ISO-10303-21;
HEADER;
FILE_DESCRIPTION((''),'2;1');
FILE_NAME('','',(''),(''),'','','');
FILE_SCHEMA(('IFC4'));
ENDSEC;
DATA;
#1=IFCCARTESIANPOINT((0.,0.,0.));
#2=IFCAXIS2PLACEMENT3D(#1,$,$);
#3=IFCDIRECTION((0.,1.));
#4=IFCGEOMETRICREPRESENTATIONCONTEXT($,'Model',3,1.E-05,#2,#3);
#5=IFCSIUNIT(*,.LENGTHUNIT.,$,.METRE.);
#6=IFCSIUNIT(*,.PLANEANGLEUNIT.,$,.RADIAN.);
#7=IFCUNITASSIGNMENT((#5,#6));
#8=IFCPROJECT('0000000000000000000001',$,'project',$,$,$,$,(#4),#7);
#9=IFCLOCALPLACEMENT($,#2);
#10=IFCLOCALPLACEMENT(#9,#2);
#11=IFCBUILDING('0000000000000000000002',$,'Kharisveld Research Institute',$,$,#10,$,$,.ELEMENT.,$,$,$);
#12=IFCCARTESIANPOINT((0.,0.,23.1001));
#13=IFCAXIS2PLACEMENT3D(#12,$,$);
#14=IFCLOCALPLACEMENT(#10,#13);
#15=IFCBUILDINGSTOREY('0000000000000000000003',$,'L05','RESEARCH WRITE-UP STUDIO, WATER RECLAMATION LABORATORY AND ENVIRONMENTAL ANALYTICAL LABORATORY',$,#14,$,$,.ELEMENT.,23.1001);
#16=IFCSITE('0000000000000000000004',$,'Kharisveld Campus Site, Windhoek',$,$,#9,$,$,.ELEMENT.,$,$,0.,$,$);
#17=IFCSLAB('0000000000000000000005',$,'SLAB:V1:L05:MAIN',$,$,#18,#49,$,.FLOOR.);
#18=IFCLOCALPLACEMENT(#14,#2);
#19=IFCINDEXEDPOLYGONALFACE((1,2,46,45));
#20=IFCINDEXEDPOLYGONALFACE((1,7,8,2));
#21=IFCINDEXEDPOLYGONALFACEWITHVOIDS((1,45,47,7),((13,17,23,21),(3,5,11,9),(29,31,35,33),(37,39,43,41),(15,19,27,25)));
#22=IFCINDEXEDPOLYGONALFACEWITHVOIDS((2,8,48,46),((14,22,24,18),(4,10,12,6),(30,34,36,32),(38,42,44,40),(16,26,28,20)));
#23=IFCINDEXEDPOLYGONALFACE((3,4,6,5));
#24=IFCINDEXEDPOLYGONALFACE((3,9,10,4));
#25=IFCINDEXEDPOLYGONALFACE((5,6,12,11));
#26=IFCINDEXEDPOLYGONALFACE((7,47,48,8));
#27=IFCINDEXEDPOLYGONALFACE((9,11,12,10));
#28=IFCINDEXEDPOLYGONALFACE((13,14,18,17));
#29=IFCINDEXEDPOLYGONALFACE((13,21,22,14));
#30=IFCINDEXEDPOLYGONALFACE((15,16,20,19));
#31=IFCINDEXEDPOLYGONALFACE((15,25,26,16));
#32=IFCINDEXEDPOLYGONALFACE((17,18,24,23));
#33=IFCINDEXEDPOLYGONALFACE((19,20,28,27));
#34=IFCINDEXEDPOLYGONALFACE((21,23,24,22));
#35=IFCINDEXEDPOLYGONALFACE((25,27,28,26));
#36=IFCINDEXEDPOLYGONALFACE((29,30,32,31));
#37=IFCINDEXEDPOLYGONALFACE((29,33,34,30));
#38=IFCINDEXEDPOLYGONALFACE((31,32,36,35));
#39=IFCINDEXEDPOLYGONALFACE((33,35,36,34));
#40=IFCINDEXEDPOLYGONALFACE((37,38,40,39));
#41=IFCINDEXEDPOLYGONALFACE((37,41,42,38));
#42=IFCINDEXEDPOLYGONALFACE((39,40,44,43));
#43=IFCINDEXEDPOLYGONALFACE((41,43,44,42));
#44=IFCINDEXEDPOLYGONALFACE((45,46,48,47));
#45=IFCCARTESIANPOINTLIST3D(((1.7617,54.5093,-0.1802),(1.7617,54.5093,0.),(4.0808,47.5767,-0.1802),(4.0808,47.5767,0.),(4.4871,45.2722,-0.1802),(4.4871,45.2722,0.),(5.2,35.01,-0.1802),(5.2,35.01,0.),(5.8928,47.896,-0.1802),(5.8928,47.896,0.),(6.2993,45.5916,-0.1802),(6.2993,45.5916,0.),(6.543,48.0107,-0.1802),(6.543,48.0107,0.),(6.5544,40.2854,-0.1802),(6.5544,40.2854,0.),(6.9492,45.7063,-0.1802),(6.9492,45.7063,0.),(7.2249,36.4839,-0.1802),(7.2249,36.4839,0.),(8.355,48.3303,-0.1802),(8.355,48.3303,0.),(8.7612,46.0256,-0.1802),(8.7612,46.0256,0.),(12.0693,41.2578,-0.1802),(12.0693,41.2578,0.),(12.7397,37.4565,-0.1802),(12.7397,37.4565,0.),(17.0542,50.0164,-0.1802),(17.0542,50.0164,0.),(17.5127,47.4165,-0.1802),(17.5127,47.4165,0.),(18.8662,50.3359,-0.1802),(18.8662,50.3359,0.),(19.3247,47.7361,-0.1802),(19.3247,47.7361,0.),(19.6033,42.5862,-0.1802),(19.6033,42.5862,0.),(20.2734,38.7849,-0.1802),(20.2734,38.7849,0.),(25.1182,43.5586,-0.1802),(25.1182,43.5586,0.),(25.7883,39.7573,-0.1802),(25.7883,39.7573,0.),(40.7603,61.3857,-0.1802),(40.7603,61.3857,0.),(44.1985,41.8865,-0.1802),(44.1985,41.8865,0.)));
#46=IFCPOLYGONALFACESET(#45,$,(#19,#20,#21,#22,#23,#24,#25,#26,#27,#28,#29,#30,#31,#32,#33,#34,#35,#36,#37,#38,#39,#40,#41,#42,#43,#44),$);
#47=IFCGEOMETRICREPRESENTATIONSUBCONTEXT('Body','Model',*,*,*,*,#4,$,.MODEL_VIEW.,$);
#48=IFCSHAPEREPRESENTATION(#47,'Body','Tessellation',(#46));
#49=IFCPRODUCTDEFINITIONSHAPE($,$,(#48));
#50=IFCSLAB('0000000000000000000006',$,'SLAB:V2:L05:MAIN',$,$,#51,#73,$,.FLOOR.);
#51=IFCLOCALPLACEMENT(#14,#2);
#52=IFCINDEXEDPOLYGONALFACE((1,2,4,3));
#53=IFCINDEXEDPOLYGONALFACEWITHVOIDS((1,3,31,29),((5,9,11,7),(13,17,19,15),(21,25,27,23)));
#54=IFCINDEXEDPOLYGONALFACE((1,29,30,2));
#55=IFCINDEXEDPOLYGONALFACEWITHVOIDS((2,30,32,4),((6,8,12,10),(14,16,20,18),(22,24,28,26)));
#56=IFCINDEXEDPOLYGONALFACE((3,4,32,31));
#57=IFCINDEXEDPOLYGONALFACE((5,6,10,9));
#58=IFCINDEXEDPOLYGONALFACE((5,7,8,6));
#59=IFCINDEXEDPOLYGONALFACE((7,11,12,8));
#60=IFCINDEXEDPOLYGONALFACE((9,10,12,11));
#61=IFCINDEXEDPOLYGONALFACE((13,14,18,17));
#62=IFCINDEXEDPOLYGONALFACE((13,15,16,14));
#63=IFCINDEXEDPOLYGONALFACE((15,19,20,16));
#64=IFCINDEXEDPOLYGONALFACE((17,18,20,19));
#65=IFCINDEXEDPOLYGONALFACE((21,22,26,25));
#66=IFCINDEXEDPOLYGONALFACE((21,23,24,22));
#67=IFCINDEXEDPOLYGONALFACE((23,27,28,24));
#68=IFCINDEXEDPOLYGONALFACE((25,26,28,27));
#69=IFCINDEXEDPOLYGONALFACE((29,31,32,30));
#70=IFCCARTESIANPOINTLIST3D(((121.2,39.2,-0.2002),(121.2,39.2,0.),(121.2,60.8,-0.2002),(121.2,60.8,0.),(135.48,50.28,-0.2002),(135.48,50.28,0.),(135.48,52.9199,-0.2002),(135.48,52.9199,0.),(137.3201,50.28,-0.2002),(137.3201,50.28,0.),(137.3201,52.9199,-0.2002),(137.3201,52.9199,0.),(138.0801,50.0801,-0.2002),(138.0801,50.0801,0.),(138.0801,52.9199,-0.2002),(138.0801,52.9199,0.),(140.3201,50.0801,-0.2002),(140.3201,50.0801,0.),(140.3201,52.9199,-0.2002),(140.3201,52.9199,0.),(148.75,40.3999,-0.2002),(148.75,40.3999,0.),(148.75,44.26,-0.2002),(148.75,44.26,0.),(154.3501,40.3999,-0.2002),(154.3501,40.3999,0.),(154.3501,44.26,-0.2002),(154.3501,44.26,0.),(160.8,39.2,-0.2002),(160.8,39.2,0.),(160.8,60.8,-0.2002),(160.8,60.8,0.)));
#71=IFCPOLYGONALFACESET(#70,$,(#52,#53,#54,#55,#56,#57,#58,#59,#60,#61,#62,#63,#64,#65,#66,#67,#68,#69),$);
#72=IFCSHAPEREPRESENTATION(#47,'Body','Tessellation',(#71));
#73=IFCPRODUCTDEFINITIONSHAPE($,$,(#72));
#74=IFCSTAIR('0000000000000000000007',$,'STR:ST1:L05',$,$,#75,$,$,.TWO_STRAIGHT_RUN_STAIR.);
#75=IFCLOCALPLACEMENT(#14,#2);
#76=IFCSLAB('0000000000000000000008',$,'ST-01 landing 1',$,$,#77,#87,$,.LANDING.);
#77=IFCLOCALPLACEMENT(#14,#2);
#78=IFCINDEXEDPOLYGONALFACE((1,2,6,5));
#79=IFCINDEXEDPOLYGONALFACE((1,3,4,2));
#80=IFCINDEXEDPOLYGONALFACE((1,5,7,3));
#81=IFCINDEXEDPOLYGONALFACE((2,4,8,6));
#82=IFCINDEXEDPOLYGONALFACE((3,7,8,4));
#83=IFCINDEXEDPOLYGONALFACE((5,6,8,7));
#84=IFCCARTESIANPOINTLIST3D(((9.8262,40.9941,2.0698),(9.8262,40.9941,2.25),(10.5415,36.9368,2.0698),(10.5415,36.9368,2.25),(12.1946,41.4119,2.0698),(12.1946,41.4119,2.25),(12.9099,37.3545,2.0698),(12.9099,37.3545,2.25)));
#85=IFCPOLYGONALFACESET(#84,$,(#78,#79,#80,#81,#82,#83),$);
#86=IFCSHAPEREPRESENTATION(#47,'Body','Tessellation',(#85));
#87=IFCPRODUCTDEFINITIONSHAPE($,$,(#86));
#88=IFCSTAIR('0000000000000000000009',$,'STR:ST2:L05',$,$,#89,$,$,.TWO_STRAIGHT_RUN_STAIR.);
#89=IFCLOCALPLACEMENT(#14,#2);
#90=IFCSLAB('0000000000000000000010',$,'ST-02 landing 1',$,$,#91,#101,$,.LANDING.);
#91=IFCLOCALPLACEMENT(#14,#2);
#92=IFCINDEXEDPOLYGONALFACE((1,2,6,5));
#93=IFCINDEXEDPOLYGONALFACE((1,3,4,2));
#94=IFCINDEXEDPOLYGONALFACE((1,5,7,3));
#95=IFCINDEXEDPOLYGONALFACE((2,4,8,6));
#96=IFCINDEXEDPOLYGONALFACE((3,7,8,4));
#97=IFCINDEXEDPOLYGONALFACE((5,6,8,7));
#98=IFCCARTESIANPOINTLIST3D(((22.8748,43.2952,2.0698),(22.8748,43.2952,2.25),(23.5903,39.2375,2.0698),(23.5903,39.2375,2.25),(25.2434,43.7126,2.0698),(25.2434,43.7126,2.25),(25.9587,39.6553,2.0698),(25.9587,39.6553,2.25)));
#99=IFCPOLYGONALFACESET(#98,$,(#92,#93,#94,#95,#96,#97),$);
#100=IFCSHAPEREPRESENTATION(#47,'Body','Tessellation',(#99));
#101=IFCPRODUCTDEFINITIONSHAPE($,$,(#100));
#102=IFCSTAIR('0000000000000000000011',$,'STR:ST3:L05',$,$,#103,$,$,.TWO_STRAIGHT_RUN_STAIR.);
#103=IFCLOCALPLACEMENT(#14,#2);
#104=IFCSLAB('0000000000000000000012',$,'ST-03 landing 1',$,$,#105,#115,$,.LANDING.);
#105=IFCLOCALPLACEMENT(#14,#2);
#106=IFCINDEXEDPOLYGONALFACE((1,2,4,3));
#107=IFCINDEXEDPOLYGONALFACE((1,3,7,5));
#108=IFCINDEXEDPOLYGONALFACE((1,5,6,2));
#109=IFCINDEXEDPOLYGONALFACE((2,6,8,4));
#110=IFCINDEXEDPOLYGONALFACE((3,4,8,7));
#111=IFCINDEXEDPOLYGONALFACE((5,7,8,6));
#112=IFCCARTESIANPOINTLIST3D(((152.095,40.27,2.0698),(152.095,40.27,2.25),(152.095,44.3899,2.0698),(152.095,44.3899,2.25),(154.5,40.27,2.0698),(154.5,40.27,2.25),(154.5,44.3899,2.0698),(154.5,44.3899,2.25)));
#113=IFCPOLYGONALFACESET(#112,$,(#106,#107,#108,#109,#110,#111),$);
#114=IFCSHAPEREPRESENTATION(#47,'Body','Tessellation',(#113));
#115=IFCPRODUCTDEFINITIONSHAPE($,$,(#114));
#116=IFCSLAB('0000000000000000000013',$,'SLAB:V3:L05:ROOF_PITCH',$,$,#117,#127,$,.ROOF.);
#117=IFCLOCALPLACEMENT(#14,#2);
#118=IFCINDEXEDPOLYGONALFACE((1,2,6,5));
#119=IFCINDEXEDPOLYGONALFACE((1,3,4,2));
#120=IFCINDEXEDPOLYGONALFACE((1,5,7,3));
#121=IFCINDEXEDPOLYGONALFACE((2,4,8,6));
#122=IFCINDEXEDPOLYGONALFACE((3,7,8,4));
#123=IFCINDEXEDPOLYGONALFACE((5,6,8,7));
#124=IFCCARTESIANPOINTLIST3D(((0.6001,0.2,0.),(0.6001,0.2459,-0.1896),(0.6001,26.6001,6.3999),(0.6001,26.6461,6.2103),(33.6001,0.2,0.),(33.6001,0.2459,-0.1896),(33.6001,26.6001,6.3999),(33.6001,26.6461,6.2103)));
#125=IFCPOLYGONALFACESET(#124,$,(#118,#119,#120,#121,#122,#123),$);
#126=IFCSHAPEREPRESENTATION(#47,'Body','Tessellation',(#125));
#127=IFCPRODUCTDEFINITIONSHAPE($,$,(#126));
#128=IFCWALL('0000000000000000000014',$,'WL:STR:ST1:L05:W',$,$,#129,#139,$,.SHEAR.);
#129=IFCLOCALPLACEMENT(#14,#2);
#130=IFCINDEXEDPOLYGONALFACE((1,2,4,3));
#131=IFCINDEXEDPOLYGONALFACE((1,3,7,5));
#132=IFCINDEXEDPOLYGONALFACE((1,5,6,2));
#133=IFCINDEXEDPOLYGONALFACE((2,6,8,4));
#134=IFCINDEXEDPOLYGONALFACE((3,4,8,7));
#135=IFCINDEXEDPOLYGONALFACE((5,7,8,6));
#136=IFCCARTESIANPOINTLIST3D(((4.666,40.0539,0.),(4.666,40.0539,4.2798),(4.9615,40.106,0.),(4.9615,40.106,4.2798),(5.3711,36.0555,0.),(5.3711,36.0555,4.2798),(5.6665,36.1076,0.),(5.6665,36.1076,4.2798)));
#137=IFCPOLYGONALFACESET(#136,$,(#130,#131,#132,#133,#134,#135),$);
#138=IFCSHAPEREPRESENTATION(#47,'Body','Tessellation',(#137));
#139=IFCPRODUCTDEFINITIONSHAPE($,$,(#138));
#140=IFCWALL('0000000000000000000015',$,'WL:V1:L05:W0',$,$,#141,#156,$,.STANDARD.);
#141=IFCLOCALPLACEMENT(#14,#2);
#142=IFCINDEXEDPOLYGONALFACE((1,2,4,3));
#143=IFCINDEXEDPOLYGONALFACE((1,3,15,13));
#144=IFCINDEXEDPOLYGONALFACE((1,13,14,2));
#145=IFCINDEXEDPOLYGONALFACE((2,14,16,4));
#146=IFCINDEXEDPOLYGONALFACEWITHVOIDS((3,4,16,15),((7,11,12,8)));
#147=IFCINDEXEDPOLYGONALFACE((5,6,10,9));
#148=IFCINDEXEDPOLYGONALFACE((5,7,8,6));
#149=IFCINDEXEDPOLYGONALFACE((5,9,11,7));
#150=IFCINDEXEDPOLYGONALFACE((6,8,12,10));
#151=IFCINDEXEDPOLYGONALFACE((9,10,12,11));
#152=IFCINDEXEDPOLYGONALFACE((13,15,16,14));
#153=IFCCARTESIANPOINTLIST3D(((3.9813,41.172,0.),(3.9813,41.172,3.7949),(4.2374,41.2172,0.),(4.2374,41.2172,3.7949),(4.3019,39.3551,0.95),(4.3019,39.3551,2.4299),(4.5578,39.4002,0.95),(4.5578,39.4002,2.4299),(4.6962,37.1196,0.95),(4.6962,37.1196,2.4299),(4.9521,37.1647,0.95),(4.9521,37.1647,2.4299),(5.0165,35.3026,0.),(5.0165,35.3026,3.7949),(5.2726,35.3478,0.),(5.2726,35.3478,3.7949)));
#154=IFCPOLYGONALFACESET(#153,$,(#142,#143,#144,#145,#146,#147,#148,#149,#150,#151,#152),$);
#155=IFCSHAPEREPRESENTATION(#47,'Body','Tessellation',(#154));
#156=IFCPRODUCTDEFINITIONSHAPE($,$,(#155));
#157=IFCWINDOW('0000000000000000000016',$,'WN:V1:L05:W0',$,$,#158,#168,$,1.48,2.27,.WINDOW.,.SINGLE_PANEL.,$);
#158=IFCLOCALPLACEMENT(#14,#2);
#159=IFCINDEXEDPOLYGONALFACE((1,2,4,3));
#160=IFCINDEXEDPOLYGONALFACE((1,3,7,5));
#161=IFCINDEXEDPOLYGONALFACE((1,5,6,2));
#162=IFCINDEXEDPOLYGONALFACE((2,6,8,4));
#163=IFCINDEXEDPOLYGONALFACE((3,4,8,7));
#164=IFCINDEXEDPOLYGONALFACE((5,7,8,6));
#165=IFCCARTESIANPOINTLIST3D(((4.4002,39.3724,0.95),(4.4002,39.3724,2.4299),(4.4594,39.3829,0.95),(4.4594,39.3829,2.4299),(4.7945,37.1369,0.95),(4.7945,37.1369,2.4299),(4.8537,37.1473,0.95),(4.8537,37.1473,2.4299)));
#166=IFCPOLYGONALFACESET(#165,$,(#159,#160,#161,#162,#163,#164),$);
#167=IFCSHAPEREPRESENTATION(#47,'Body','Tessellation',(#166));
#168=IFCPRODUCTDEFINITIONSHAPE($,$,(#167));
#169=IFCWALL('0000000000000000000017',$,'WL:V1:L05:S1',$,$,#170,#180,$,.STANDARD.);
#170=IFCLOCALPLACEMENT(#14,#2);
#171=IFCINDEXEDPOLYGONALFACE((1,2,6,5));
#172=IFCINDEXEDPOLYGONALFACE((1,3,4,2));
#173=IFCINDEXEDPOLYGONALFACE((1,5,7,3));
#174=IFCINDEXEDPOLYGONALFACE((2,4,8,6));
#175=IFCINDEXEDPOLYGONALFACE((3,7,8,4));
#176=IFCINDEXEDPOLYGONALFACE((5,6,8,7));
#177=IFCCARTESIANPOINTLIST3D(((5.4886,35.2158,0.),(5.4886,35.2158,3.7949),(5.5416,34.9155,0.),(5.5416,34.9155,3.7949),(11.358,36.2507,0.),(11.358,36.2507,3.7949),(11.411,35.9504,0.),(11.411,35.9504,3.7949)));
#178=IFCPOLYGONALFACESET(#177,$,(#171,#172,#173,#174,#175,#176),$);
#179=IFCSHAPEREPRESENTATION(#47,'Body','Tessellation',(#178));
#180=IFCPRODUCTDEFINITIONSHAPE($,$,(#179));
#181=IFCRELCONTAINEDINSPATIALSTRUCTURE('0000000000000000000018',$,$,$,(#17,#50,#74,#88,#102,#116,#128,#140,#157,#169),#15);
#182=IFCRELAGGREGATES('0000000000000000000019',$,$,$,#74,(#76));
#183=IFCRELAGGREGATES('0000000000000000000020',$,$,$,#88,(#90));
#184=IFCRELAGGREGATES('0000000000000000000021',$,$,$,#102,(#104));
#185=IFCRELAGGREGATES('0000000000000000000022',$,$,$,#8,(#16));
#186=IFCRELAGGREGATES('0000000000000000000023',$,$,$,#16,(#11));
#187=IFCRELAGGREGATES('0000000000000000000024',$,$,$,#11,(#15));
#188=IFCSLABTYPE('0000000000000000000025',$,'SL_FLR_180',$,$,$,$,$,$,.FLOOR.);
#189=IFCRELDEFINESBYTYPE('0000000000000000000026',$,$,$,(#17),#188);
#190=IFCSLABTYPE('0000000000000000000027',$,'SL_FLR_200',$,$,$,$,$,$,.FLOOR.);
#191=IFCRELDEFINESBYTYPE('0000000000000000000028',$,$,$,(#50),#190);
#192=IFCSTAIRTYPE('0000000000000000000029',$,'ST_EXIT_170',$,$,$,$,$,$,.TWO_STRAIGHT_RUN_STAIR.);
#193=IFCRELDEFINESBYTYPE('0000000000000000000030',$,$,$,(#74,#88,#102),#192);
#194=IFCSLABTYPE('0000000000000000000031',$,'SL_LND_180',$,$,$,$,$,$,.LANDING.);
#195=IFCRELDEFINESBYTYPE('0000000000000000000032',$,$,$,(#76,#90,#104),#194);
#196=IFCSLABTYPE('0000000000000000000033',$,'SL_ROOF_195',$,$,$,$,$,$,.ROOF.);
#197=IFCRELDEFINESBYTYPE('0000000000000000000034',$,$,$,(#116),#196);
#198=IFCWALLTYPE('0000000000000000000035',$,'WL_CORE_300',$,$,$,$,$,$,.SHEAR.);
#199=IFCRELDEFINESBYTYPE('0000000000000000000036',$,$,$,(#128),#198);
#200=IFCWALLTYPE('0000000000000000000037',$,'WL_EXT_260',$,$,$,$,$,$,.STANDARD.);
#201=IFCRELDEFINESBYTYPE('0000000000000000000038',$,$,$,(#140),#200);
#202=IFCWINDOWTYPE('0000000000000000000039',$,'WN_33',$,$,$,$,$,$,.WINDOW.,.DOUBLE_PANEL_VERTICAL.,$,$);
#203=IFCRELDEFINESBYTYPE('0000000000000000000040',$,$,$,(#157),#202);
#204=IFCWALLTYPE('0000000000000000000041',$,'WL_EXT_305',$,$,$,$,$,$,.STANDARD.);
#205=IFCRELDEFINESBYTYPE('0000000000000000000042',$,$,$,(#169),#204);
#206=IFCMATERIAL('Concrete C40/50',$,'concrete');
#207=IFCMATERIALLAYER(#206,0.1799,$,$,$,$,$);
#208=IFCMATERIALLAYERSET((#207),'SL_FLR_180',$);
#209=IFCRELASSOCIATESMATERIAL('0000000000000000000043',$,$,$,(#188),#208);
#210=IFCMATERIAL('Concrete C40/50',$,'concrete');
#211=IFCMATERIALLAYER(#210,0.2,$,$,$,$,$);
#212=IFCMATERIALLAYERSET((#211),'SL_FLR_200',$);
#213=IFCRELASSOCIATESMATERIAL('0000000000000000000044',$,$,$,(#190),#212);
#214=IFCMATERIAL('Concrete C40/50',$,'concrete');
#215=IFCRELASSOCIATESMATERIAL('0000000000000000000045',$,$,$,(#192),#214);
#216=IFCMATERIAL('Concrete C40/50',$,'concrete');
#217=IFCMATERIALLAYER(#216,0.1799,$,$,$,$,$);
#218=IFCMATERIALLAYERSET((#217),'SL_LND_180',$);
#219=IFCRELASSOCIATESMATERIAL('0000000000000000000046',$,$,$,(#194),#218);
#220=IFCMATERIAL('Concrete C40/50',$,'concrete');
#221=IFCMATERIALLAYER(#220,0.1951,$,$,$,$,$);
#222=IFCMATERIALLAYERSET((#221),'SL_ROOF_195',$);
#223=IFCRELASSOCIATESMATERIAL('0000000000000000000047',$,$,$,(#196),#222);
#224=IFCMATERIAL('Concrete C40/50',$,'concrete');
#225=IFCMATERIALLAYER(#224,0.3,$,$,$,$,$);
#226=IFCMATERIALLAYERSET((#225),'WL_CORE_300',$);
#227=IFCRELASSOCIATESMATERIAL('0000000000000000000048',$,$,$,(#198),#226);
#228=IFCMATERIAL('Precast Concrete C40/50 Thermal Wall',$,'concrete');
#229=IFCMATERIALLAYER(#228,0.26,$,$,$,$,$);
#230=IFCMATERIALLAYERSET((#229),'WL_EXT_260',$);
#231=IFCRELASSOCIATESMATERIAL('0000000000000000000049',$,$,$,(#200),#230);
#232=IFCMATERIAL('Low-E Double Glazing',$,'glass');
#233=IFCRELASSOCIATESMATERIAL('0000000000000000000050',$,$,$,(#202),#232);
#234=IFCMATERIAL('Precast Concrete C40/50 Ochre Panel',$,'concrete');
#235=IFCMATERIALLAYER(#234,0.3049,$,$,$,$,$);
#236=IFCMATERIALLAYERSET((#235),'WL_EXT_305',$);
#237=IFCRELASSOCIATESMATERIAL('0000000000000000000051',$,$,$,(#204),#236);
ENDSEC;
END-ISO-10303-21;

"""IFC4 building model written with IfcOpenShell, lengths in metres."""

from ifc_helpers import new_model, si_unit, direction, frame, frame_2d, origin, place, context, subcontext, project, spatial, polyline, rectangle, outline, extrude, material, layer, layer_set, type_object, element, fill, aggregate, save


model = new_model("IFC4")

# Units and contexts
model_context = context("Model", 3, precision=1e-05, world=origin(), true_north=direction((0.0, 1.0)))
body_context = subcontext(model_context, "Body", "Model", "MODEL_VIEW")
ifc_project = project(units=[si_unit("LENGTHUNIT", "METRE"), si_unit("PLANEANGLEUNIT", "RADIAN")], contexts=[model_context])

# Site, building, storey
site_placement = place(None, origin())
site = spatial("IfcSite", under=ifc_project, at=site_placement, Name="Kharisveld Campus Site, Windhoek", CompositionType="ELEMENT", RefElevation=0.0)
building_placement = place(site_placement, origin())
building = spatial("IfcBuilding", under=site, at=building_placement, Name="Kharisveld Research Institute", CompositionType="ELEMENT")
storey_placement = place(building_placement, frame((0.0, 0.0, 23.1001)))
storey = spatial("IfcBuildingStorey", under=building, at=storey_placement, Name="L05", Description="RESEARCH WRITE-UP STUDIO, WATER RECLAMATION LABORATORY AND ENVIRONMENTAL ANALYTICAL LABORATORY", CompositionType="ELEMENT", Elevation=23.1001)

# Slabs
ifc_material_1 = material(Name="Concrete C40/50", Category="concrete")
ifc_layer_1 = layer(ifc_material_1, 0.1799)
ifc_layer_set_1 = layer_set([ifc_layer_1], Name="SL_FLR_180")
slab_type_1 = type_object("IfcSlabType", Name="SL_FLR_180", PredefinedType="FLOOR", material=ifc_layer_set_1)
slab_1_placement = place(storey_placement, frame((0.0, 0.0, -0.1802)))
element("IfcSlab", 1, at=slab_1_placement, inside=storey, type_object=slab_type_1, Name="SLAB:V1:L05:MAIN", PredefinedType="FLOOR", context=body_context, shape_type="SweptSolid", body=[
    extrude(outline(polyline([(5.2, 35.01), (44.1985, 41.8865), (40.7603, 61.3857), (1.7617, 54.5093), (5.2, 35.01)]), holes=[polyline([(12.7397, 37.4565), (7.2249, 36.4839), (6.5544, 40.2854), (12.0693, 41.2578), (12.7397, 37.4565)]), polyline([(25.7883, 39.7573), (20.2734, 38.7849), (19.6033, 42.5862), (25.1182, 43.5586), (25.7883, 39.7573)]), polyline([(6.2993, 45.5916), (4.4871, 45.2722), (4.0808, 47.5767), (5.8928, 47.896), (6.2993, 45.5916)]), polyline([(6.9492, 45.7063), (6.543, 48.0107), (8.355, 48.3303), (8.7612, 46.0256), (6.9492, 45.7063)]), polyline([(17.5127, 47.4165), (17.0542, 50.0164), (18.8662, 50.3359), (19.3247, 47.7361), (17.5127, 47.4165)])]), origin(), (0.0, 0.0, 1.0), 0.1802),
])
ifc_material_2 = material(Name="Concrete C40/50", Category="concrete")
ifc_layer_2 = layer(ifc_material_2, 0.2)
ifc_layer_set_2 = layer_set([ifc_layer_2], Name="SL_FLR_200")
slab_type_2 = type_object("IfcSlabType", Name="SL_FLR_200", PredefinedType="FLOOR", material=ifc_layer_set_2)
slab_2_placement = place(storey_placement, frame((0.0, 0.0, -0.2002)))
element("IfcSlab", 2, at=slab_2_placement, inside=storey, type_object=slab_type_2, Name="SLAB:V2:L05:MAIN", PredefinedType="FLOOR", context=body_context, shape_type="SweptSolid", body=[
    extrude(outline(polyline([(121.2, 39.2), (160.8, 39.2), (160.8, 60.8), (121.2, 60.8), (121.2, 39.2)]), holes=[polyline([(154.3501, 44.26), (154.3501, 40.3999), (148.75, 40.3999), (148.75, 44.26), (154.3501, 44.26)]), polyline([(140.3201, 50.0801), (138.0801, 50.0801), (138.0801, 52.9199), (140.3201, 52.9199), (140.3201, 50.0801)]), polyline([(137.3201, 50.28), (135.48, 50.28), (135.48, 52.9199), (137.3201, 52.9199), (137.3201, 50.28)])]), origin(), (0.0, 0.0, 1.0), 0.2002),
])

# Stairs, slabs
ifc_material_3 = material(Name="Concrete C40/50", Category="concrete")
stair_type = type_object("IfcStairType", Name="ST_EXIT_170", PredefinedType="TWO_STRAIGHT_RUN_STAIR", material=ifc_material_3)
stair_1_placement = place(storey_placement, origin())
stair_1 = element("IfcStair", 3, at=stair_1_placement, inside=storey, type_object=stair_type, Name="STR:ST1:L05", PredefinedType="TWO_STRAIGHT_RUN_STAIR")
ifc_material_4 = material(Name="Concrete C40/50", Category="concrete")
ifc_layer_3 = layer(ifc_material_4, 0.1799)
ifc_layer_set_3 = layer_set([ifc_layer_3], Name="SL_LND_180")
slab_type_3 = type_object("IfcSlabType", Name="SL_LND_180", PredefinedType="LANDING", material=ifc_layer_set_3)
slab_3_placement = place(storey_placement, frame((0.0, 0.0, 2.0698)))
slab_3 = element("IfcSlab", 4, at=slab_3_placement, type_object=slab_type_3, Name="ST-01 landing 1", PredefinedType="LANDING", context=body_context, shape_type="SweptSolid", body=[
    extrude(outline(polyline([(10.5415, 36.9368), (12.9099, 37.3545), (12.1946, 41.4119), (9.8262, 40.9941), (10.5415, 36.9368)])), origin(), (0.0, 0.0, 1.0), 0.1802),
])
aggregate(stair_1, [slab_3])
stair_2_placement = place(storey_placement, origin())
stair_2 = element("IfcStair", 5, at=stair_2_placement, inside=storey, type_object=stair_type, Name="STR:ST2:L05", PredefinedType="TWO_STRAIGHT_RUN_STAIR")
slab_4_placement = place(storey_placement, frame((0.0, 0.0, 2.0698)))
slab_4 = element("IfcSlab", 6, at=slab_4_placement, type_object=slab_type_3, Name="ST-02 landing 1", PredefinedType="LANDING", context=body_context, shape_type="SweptSolid", body=[
    extrude(outline(polyline([(23.5903, 39.2375), (25.9587, 39.6553), (25.2434, 43.7126), (22.8748, 43.2952), (23.5903, 39.2375)])), origin(), (0.0, 0.0, 1.0), 0.1802),
])
aggregate(stair_2, [slab_4])
stair_3_placement = place(storey_placement, origin())
stair_3 = element("IfcStair", 7, at=stair_3_placement, inside=storey, type_object=stair_type, Name="STR:ST3:L05", PredefinedType="TWO_STRAIGHT_RUN_STAIR")
slab_5_placement = place(storey_placement, frame((0.0, 0.0, 2.0698)))
slab_5 = element("IfcSlab", 8, at=slab_5_placement, type_object=slab_type_3, Name="ST-03 landing 1", PredefinedType="LANDING", context=body_context, shape_type="SweptSolid", body=[
    extrude(outline(polyline([(152.095, 40.27), (154.5, 40.27), (154.5, 44.3899), (152.095, 44.3899), (152.095, 40.27)])), origin(), (0.0, 0.0, 1.0), 0.1802),
])
aggregate(stair_3, [slab_5])

# Slab
ifc_material_5 = material(Name="Concrete C40/50", Category="concrete")
ifc_layer_4 = layer(ifc_material_5, 0.1951)
ifc_layer_set_4 = layer_set([ifc_layer_4], Name="SL_ROOF_195")
slab_type_4 = type_object("IfcSlabType", Name="SL_ROOF_195", PredefinedType="ROOF", material=ifc_layer_set_4)
slab_6_placement = place(storey_placement, frame((0.6001, 0.2, 0.0), z_axis=(0.0, -0.235595, 0.971851), x_axis=(1.0, 0.0, 0.0)))
element("IfcSlab", 9, at=slab_6_placement, inside=storey, type_object=slab_type_4, Name="SLAB:V3:L05:ROOF_PITCH", PredefinedType="ROOF", context=body_context, shape_type="SweptSolid", body=[
    extrude(outline(polyline([(0.0, 0.0), (33.0, 0.0), (33.0, 27.1648), (0.0, 27.1648), (0.0, 0.0)])), origin(), (0.0, 0.0, -1.0), 0.1951),
])

# Wall
ifc_material_6 = material(Name="Concrete C40/50", Category="concrete")
ifc_layer_5 = layer(ifc_material_6, 0.3)
ifc_layer_set_5 = layer_set([ifc_layer_5], Name="WL_CORE_300")
wall_type_1 = type_object("IfcWallType", Name="WL_CORE_300", PredefinedType="SHEAR", material=ifc_layer_set_5)
wall_1_placement = place(storey_placement, frame((5.5188, 36.0815, 0.0), z_axis=(0.0, 0.0, 1.0), x_axis=(-0.173665, 0.984805, 0.0)))
element("IfcWall", 10, at=wall_1_placement, inside=storey, type_object=wall_type_1, Name="WL:STR:ST1:L05:W", PredefinedType="SHEAR", context=body_context, shape_type="SweptSolid", body=[
    extrude(rectangle(XDim=4.0601, YDim=0.3, at=frame_2d((2.03, 0.0))), origin(), (0.0, 0.0, 1.0), 4.2798),
])

# Wall, opening, window
ifc_material_7 = material(Name="Precast Concrete C40/50 Thermal Wall", Category="concrete")
ifc_layer_6 = layer(ifc_material_7, 0.26)
ifc_layer_set_6 = layer_set([ifc_layer_6], Name="WL_EXT_260")
wall_type_2 = type_object("IfcWallType", Name="WL_EXT_260", PredefinedType="STANDARD", material=ifc_layer_set_6)
wall_2_placement = place(storey_placement, frame((5.1445, 35.3252, 0.0), z_axis=(0.0, 0.0, 1.0), x_axis=(-0.173685, 0.984801, 0.0)))
wall_2 = element("IfcWall", 11, at=wall_2_placement, inside=storey, type_object=wall_type_2, Name="WL:V1:L05:W0", PredefinedType="STANDARD", context=body_context, shape_type="SweptSolid", body=[
    extrude(rectangle(XDim=5.96, YDim=0.26, at=frame_2d((2.98, 0.0))), origin(), (0.0, 0.0, 1.0), 3.7949),
])
opening_placement = place(wall_2_placement, frame((1.845, 0.0, 0.95)))
opening = element("IfcOpeningElement", 12, at=opening_placement, cuts=wall_2, PredefinedType="OPENING", context=body_context, shape_type="SweptSolid", body=[
    extrude(rectangle(XDim=2.27, YDim=1.48, at=frame_2d((1.135, 0.74))), frame((0.0, 0.1299, 0.0), z_axis=(0.0, -1.0, 0.0), x_axis=(1.0, 0.0, 0.0)), (0.0, 0.0, 1.0), 0.26),
])
ifc_material_8 = material(Name="Low-E Double Glazing", Category="glass")
window_type = type_object("IfcWindowType", Name="WN_33", PartitioningType="DOUBLE_PANEL_VERTICAL", PredefinedType="WINDOW", material=ifc_material_8)
window_placement = place(opening_placement, origin())
window = element("IfcWindow", 13, at=window_placement, inside=storey, type_object=window_type, Name="WN:V1:L05:W0", OverallHeight=1.48, OverallWidth=2.27, PartitioningType="SINGLE_PANEL", PredefinedType="WINDOW", context=body_context, shape_type="SweptSolid", body=[
    extrude(rectangle(XDim=2.27, YDim=1.48, at=frame_2d((1.135, 0.74))), frame((0.0, 0.03, 0.0), z_axis=(0.0, -1.0, 0.0), x_axis=(1.0, 0.0, 0.0)), (0.0, 0.0, 1.0), 0.0601),
])
fill(opening, window)

# Wall
ifc_material_9 = material(Name="Precast Concrete C40/50 Ochre Panel", Category="concrete")
ifc_layer_7 = layer(ifc_material_9, 0.3049)
ifc_layer_set_7 = layer_set([ifc_layer_7], Name="WL_EXT_305")
wall_type_3 = type_object("IfcWallType", Name="WL_EXT_305", PredefinedType="STANDARD", material=ifc_layer_set_7)
wall_3_placement = place(storey_placement, frame((11.3845, 36.1006, 0.0), z_axis=(0.0, 0.0, 1.0), x_axis=(-0.984808, -0.173645, 0.0)))
element("IfcWall", 14, at=wall_3_placement, inside=storey, type_object=wall_type_3, Name="WL:V1:L05:S1", PredefinedType="STANDARD", context=body_context, shape_type="SweptSolid", body=[
    extrude(rectangle(XDim=5.96, YDim=0.3049, at=frame_2d((2.98, 0.0))), origin(), (0.0, 0.0, 1.0), 3.7949),
])

save(model, "model.ifc")
